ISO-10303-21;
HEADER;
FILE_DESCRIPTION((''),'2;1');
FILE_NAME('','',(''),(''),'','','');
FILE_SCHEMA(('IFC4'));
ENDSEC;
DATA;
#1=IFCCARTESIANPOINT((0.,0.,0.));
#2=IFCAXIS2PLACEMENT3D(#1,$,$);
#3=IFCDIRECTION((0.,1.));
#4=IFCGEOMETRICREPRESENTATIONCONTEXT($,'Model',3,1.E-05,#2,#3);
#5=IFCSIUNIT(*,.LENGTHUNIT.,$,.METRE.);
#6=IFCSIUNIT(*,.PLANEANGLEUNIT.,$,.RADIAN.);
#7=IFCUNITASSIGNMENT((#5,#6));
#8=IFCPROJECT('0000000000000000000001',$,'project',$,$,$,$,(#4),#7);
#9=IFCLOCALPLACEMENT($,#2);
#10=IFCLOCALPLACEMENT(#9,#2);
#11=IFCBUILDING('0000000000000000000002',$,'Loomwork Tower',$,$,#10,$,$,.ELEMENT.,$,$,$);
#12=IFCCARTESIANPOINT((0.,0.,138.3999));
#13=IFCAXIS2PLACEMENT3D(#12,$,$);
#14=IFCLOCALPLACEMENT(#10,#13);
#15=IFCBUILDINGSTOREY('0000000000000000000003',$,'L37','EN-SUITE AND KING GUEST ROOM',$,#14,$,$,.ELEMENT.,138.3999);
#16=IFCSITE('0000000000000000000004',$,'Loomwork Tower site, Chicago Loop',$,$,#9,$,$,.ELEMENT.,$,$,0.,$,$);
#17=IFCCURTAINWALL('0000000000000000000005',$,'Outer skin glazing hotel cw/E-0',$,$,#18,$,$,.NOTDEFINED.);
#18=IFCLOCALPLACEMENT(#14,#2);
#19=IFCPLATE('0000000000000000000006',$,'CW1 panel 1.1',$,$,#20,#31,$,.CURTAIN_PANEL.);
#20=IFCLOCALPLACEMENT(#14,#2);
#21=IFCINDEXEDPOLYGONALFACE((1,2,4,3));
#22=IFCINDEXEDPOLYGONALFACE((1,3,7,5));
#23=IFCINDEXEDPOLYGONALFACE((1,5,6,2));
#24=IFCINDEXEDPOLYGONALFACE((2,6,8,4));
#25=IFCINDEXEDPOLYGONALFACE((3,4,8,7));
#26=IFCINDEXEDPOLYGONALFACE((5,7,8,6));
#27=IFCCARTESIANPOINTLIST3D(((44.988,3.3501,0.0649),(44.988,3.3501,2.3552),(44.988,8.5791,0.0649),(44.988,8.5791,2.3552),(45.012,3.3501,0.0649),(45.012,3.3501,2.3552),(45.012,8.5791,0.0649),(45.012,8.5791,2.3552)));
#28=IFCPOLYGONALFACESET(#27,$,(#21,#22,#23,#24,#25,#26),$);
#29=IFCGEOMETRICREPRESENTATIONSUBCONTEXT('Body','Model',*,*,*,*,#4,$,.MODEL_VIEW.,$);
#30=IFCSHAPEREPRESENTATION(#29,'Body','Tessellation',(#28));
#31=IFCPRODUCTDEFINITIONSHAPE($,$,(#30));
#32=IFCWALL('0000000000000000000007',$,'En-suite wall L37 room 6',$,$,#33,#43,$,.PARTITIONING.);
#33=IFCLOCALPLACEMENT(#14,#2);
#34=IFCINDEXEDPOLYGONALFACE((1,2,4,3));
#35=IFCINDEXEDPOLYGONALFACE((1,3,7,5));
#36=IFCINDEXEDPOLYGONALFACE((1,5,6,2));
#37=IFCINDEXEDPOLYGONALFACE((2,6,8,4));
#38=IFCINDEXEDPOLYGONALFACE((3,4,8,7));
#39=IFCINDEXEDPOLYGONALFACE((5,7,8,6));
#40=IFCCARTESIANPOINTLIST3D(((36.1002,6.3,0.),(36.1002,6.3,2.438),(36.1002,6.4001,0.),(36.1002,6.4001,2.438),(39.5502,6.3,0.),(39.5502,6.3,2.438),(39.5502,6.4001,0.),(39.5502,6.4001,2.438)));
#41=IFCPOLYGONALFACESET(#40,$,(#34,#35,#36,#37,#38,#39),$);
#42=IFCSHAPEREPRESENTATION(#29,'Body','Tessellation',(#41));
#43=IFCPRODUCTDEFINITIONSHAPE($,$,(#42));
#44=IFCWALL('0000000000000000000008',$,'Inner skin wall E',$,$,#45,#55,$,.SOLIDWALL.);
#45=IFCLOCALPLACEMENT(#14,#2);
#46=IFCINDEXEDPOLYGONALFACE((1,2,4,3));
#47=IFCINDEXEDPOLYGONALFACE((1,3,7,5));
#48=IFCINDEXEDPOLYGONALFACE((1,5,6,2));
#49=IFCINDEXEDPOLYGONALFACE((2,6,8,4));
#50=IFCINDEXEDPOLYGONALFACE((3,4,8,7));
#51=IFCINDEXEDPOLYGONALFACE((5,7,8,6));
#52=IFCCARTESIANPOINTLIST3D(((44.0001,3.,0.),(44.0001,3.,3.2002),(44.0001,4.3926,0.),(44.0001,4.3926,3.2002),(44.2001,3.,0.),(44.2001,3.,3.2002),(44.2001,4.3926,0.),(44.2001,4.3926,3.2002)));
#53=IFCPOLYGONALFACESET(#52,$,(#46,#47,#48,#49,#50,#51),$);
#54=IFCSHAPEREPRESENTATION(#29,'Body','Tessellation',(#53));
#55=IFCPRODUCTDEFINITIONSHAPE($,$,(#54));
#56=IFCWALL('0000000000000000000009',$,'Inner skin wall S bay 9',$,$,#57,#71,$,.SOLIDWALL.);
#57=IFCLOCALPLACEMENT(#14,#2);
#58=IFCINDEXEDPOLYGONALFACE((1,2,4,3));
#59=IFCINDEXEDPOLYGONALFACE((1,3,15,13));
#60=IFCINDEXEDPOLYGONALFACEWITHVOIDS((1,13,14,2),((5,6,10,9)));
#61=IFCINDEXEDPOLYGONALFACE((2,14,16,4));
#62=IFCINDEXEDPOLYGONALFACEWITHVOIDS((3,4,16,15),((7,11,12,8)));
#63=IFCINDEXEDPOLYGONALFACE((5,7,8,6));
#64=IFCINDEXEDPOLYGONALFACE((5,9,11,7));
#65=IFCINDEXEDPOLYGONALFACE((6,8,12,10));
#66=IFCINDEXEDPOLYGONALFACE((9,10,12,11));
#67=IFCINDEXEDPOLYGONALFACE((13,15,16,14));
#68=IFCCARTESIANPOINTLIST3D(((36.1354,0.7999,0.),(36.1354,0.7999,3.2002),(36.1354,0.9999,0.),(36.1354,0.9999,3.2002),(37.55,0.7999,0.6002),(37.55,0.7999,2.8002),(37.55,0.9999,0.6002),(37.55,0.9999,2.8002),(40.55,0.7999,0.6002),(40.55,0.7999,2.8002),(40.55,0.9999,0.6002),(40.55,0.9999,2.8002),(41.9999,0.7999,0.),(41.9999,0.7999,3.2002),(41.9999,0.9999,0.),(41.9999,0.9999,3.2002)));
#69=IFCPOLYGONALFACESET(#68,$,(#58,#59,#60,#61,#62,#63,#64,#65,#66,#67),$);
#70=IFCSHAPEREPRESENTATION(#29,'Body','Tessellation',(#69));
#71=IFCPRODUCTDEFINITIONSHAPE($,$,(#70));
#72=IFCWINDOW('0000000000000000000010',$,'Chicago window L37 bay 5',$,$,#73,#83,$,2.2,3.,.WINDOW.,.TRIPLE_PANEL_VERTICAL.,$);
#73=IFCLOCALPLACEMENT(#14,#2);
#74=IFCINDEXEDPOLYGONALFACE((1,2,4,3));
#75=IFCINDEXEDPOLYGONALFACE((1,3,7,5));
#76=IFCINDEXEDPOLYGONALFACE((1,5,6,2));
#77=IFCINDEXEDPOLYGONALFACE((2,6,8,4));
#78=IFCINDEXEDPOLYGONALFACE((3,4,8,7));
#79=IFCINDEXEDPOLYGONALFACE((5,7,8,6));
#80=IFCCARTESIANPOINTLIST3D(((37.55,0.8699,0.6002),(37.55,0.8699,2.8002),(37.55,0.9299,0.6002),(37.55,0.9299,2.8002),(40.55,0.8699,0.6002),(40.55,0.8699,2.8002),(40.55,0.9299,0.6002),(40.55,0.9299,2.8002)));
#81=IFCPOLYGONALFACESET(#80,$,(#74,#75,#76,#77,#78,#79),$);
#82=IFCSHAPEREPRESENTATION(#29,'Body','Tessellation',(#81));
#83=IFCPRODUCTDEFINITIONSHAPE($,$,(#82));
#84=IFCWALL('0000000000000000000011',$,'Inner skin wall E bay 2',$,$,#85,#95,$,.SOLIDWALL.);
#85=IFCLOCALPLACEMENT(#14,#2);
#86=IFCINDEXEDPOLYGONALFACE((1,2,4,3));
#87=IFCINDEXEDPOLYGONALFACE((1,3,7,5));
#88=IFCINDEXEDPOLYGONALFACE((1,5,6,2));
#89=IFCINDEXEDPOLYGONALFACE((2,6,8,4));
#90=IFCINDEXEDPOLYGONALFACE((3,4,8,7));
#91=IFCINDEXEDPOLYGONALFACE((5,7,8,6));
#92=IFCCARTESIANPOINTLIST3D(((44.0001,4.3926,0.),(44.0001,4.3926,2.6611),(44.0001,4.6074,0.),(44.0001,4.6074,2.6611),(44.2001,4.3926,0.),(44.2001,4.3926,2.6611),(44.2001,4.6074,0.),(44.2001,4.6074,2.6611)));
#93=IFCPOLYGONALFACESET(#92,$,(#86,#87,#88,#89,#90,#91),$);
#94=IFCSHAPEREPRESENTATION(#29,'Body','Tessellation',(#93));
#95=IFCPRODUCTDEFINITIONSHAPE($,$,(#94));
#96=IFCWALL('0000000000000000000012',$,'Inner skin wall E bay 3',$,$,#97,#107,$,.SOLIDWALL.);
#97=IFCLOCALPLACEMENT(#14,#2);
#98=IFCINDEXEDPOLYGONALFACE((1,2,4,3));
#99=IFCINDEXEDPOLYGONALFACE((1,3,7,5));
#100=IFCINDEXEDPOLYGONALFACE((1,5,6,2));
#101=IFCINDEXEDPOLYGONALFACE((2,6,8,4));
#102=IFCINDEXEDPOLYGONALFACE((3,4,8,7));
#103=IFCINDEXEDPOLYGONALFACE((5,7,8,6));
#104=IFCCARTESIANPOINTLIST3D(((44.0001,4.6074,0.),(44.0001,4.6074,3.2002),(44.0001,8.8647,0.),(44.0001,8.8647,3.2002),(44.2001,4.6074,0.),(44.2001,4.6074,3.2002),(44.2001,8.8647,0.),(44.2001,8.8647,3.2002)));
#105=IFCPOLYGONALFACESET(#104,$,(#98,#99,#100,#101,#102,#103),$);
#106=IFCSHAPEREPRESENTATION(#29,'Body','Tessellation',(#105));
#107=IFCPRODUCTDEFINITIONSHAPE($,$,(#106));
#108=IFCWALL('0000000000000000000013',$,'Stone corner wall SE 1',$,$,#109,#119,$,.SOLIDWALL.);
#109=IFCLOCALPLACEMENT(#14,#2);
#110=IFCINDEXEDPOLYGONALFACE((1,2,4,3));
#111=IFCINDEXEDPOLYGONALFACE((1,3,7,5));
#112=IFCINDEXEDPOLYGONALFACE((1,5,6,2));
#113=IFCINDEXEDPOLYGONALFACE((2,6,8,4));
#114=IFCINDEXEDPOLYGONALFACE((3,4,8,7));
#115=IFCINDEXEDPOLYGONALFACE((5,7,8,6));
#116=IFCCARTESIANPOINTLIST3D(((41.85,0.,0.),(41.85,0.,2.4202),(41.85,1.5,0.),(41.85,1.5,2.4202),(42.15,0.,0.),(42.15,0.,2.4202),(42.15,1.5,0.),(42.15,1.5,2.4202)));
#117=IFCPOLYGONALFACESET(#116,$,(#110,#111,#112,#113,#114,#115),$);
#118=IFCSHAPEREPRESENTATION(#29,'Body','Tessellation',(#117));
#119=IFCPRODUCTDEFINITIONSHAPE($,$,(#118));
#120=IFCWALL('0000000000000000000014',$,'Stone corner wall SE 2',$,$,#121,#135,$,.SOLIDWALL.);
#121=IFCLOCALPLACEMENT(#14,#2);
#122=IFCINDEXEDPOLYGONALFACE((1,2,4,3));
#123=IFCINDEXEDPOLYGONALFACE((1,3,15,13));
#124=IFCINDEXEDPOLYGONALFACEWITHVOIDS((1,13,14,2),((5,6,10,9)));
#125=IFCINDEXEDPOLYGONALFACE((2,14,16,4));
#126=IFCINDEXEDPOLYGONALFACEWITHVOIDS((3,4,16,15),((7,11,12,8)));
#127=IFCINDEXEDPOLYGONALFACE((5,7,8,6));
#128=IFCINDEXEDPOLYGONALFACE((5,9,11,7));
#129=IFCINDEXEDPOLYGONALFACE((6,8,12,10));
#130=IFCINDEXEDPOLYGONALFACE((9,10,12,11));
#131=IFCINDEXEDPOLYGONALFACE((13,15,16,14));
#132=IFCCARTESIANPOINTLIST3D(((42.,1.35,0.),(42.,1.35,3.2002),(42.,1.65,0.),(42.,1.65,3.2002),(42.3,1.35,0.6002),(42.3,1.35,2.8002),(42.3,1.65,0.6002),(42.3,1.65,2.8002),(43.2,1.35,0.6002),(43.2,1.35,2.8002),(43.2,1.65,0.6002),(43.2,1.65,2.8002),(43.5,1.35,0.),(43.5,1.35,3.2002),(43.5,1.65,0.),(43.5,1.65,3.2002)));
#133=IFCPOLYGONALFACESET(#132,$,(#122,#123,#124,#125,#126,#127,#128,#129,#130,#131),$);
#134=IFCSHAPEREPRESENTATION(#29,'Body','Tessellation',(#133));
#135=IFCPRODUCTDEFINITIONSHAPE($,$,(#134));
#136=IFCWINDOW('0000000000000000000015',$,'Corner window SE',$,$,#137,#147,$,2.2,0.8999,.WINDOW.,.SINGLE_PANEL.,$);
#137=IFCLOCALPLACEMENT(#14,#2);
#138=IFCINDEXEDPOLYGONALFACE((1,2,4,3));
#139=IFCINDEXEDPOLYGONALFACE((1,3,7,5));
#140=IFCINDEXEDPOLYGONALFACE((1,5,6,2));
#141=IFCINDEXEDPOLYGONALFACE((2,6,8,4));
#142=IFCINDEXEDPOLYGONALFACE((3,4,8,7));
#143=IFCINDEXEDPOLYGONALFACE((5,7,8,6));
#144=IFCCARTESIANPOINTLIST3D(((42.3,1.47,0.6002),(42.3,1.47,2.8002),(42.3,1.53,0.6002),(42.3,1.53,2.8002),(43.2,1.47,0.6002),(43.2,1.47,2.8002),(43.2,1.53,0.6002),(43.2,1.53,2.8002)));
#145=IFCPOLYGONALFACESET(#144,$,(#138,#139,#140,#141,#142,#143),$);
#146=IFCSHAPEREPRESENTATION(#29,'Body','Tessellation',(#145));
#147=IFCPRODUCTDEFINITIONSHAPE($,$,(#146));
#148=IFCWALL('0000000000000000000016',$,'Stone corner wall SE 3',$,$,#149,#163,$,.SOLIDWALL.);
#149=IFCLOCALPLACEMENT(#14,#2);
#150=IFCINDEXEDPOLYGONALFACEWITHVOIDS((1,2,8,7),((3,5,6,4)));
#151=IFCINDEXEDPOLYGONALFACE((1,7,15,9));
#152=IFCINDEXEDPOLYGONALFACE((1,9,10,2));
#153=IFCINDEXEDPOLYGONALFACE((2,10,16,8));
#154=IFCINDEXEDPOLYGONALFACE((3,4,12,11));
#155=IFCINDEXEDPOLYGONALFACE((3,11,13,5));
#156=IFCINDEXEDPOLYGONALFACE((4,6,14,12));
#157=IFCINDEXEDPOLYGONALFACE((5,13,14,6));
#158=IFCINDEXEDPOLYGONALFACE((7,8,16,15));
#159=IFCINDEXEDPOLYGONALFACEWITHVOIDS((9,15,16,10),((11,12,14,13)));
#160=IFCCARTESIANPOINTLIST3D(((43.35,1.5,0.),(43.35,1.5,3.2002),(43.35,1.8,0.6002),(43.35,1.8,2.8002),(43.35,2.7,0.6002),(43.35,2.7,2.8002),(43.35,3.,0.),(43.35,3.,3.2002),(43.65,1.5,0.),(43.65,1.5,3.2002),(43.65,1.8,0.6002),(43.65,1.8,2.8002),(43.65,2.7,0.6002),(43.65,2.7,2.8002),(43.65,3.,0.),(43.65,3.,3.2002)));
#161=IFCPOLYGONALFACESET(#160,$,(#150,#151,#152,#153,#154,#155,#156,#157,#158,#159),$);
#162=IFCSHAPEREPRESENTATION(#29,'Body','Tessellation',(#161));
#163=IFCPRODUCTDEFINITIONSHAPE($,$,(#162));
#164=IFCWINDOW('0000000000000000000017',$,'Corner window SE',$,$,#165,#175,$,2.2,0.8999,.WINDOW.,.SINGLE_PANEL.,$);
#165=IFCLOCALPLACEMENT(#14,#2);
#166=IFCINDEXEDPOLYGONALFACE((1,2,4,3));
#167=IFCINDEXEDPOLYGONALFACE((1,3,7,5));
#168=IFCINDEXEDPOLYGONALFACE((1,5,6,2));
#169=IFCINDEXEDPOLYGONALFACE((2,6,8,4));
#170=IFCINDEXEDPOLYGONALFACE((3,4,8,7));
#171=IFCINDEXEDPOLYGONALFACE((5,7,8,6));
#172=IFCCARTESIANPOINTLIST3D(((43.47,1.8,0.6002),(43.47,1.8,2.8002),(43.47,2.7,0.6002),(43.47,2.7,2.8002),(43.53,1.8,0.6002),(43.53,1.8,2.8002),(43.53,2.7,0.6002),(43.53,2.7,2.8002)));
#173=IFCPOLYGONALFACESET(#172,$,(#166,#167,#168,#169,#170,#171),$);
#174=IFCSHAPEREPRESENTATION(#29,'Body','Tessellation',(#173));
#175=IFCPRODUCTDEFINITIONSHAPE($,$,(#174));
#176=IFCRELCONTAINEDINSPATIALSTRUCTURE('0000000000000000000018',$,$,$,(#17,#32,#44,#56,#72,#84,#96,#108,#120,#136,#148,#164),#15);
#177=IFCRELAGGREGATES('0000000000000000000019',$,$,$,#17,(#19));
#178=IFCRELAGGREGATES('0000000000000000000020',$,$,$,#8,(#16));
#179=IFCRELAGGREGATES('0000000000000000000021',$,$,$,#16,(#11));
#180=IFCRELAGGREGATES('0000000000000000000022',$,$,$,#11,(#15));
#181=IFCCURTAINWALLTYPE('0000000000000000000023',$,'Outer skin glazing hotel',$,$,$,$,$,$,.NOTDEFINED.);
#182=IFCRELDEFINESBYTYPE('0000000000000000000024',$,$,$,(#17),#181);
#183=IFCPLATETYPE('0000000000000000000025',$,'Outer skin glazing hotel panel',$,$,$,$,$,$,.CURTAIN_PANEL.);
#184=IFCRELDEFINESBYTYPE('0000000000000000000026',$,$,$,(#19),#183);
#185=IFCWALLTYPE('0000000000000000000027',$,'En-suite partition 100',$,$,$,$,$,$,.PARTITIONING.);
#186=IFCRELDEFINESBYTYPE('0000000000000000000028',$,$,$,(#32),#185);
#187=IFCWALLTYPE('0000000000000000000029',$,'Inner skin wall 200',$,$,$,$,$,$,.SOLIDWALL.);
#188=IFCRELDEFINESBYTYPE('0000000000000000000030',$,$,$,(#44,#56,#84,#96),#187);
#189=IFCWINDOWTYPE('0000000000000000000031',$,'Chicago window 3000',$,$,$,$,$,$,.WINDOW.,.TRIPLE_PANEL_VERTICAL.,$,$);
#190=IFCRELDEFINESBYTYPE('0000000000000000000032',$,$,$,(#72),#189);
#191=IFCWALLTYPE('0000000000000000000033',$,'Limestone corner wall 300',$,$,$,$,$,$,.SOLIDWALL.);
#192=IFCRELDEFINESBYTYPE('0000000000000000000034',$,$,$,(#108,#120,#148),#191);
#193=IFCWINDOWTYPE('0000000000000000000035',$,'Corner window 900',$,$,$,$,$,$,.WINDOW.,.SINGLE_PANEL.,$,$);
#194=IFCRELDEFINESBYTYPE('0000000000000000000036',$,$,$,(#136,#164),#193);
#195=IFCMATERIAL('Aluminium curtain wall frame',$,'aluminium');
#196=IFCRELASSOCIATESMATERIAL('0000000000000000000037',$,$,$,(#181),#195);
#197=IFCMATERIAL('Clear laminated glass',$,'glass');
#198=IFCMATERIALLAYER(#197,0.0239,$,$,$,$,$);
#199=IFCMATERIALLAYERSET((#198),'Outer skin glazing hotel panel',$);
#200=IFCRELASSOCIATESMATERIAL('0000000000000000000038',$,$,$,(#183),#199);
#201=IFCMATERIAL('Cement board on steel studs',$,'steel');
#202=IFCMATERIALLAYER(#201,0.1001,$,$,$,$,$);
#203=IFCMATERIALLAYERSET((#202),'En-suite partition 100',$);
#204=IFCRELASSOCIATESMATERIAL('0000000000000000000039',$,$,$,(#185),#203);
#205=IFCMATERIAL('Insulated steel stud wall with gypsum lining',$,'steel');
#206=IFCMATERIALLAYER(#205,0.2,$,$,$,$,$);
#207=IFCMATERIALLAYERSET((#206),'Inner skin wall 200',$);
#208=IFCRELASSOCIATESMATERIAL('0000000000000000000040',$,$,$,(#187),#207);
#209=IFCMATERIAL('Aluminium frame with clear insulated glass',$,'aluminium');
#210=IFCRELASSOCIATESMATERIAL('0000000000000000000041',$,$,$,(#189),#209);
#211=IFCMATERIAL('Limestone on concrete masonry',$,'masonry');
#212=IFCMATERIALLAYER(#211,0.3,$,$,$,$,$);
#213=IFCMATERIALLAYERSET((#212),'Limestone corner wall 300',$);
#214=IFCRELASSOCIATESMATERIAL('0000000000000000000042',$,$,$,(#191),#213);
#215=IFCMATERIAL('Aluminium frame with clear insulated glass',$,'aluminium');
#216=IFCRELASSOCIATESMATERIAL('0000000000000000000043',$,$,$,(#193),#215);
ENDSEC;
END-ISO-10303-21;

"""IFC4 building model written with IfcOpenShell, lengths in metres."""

from ifc_helpers import new_model, si_unit, direction, frame, frame_2d, origin, origin_2d, place, context, subcontext, project, spatial, rectangle, extrude, material, layer, layer_set, type_object, element, fill, aggregate, save


model = new_model("IFC4")

# Units and contexts
model_context = context("Model", 3, precision=1e-05, world=origin(), true_north=direction((0.0, 1.0)))
body_context = subcontext(model_context, "Body", "Model", "MODEL_VIEW")
ifc_project = project(units=[si_unit("LENGTHUNIT", "METRE"), si_unit("PLANEANGLEUNIT", "RADIAN")], contexts=[model_context])

# Site, building, storey
site_placement = place(None, origin())
site = spatial("IfcSite", under=ifc_project, at=site_placement, Name="Loomwork Tower site, Chicago Loop", CompositionType="ELEMENT", RefElevation=0.0)
building_placement = place(site_placement, origin())
building = spatial("IfcBuilding", under=site, at=building_placement, Name="Loomwork Tower", CompositionType="ELEMENT")
storey_placement = place(building_placement, frame((0.0, 0.0, 138.3999)))
storey = spatial("IfcBuildingStorey", under=building, at=storey_placement, Name="L37", Description="EN-SUITE AND KING GUEST ROOM", CompositionType="ELEMENT", Elevation=138.3999)

# Curtain wall
ifc_material_1 = material(Name="Aluminium curtain wall frame", Category="aluminium")
curtain_wall_type = type_object("IfcCurtainWallType", Name="Outer skin glazing hotel", PredefinedType="NOTDEFINED", material=ifc_material_1)
curtain_wall_1_placement = place(storey_placement, origin())
curtain_wall_1 = element("IfcCurtainWall", 1, at=curtain_wall_1_placement, inside=storey, type_object=curtain_wall_type, Name="Outer skin glazing hotel cw/E-0", PredefinedType="NOTDEFINED")

# Plate
ifc_material_2 = material(Name="Clear laminated glass", Category="glass")
ifc_layer_1 = layer(ifc_material_2, 0.0239)
ifc_layer_set_1 = layer_set([ifc_layer_1], Name="Outer skin glazing hotel panel")
plate_type = type_object("IfcPlateType", Name="Outer skin glazing hotel panel", PredefinedType="CURTAIN_PANEL", material=ifc_layer_set_1)
plate_1_placement = place(storey_placement, frame((45.0, 5.9646, 0.0649), z_axis=(0.0, 0.0, 1.0), x_axis=(0.0, 1.0, 0.0)))
plate_1 = element("IfcPlate", 2, at=plate_1_placement, type_object=plate_type, Name="CW1 panel 1.1", PredefinedType="CURTAIN_PANEL", context=body_context, shape_type="SweptSolid", body=[
    extrude(rectangle(XDim=5.229, YDim=0.0239, at=origin_2d()), origin(), (0.0, 0.0, 1.0), 2.2903),
])
aggregate(curtain_wall_1, [plate_1])

# Walls
ifc_material_3 = material(Name="Cement board on steel studs", Category="steel")
ifc_layer_2 = layer(ifc_material_3, 0.1001)
ifc_layer_set_2 = layer_set([ifc_layer_2], Name="En-suite partition 100")
wall_type_1 = type_object("IfcWallType", Name="En-suite partition 100", PredefinedType="PARTITIONING", material=ifc_layer_set_2)
wall_1_placement = place(storey_placement, frame((36.1001, 6.3501, 0.0), z_axis=(0.0, 0.0, 1.0), x_axis=(1.0, 0.0, 0.0)))
element("IfcWall", 3, at=wall_1_placement, inside=storey, type_object=wall_type_1, Name="En-suite wall L37 room 6", PredefinedType="PARTITIONING", context=body_context, shape_type="SweptSolid", body=[
    extrude(rectangle(XDim=3.45, YDim=0.1001, at=frame_2d((1.7251, 0.0))), origin(), (0.0, 0.0, 1.0), 2.438),
])
ifc_material_4 = material(Name="Insulated steel stud wall with gypsum lining", Category="steel")
ifc_layer_3 = layer(ifc_material_4, 0.2)
ifc_layer_set_3 = layer_set([ifc_layer_3], Name="Inner skin wall 200")
wall_type_2 = type_object("IfcWallType", Name="Inner skin wall 200", PredefinedType="SOLIDWALL", material=ifc_layer_set_3)
wall_2_placement = place(storey_placement, frame((44.1001, 3.0, 0.0), z_axis=(0.0, 0.0, 1.0), x_axis=(0.0, 1.0, 0.0)))
element("IfcWall", 4, at=wall_2_placement, inside=storey, type_object=wall_type_2, Name="Inner skin wall E", PredefinedType="SOLIDWALL", context=body_context, shape_type="SweptSolid", body=[
    extrude(rectangle(XDim=1.3926, YDim=0.2, at=frame_2d((0.6963, 0.0))), origin(), (0.0, 0.0, 1.0), 3.2002),
])

# Wall, opening, window
wall_3_placement = place(storey_placement, frame((36.1355, 0.8999, 0.0), z_axis=(0.0, 0.0, 1.0), x_axis=(1.0, 0.0, 0.0)))
wall_3 = element("IfcWall", 5, at=wall_3_placement, inside=storey, type_object=wall_type_2, Name="Inner skin wall S bay 9", PredefinedType="SOLIDWALL", context=body_context, shape_type="SweptSolid", body=[
    extrude(rectangle(XDim=5.8645, YDim=0.2, at=frame_2d((2.9321, 0.0))), origin(), (0.0, 0.0, 1.0), 3.2002),
])
opening_1_placement = place(wall_3_placement, frame((1.4146, 0.0, 0.6001)))
opening_1 = element("IfcOpeningElement", 6, at=opening_1_placement, cuts=wall_3, PredefinedType="OPENING", context=body_context, shape_type="SweptSolid", body=[
    extrude(rectangle(XDim=3.0, YDim=2.2, at=frame_2d((1.5, 1.1001))), frame((0.0, 0.1099, 0.0), z_axis=(0.0, -1.0, 0.0), x_axis=(1.0, 0.0, 0.0)), (0.0, 0.0, 1.0), 0.22),
])
ifc_material_5 = material(Name="Aluminium frame with clear insulated glass", Category="aluminium")
window_type_1 = type_object("IfcWindowType", Name="Chicago window 3000", PartitioningType="TRIPLE_PANEL_VERTICAL", PredefinedType="WINDOW", material=ifc_material_5)
window_1_placement = place(opening_1_placement, origin())
window_1 = element("IfcWindow", 7, at=window_1_placement, inside=storey, type_object=window_type_1, Name="Chicago window L37 bay 5", OverallHeight=2.2, OverallWidth=3.0, PartitioningType="TRIPLE_PANEL_VERTICAL", PredefinedType="WINDOW", context=body_context, shape_type="SweptSolid", body=[
    extrude(rectangle(XDim=3.0, YDim=2.2, at=frame_2d((1.5, 1.1001))), frame((0.0, 0.03, 0.0), z_axis=(0.0, -1.0, 0.0), x_axis=(1.0, 0.0, 0.0)), (0.0, 0.0, 1.0), 0.0601),
])
fill(opening_1, window_1)

# Walls
wall_4_placement = place(storey_placement, frame((44.1001, 4.3926, 0.0), z_axis=(0.0, 0.0, 1.0), x_axis=(0.0, 1.0, 0.0)))
element("IfcWall", 8, at=wall_4_placement, inside=storey, type_object=wall_type_2, Name="Inner skin wall E bay 2", PredefinedType="SOLIDWALL", context=body_context, shape_type="SweptSolid", body=[
    extrude(rectangle(XDim=0.2148, YDim=0.2, at=frame_2d((0.1074, 0.0))), origin(), (0.0, 0.0, 1.0), 2.6611),
])
wall_5_placement = place(storey_placement, frame((44.1001, 4.6074, 0.0), z_axis=(0.0, 0.0, 1.0), x_axis=(0.0, 1.0, 0.0)))
element("IfcWall", 9, at=wall_5_placement, inside=storey, type_object=wall_type_2, Name="Inner skin wall E bay 3", PredefinedType="SOLIDWALL", context=body_context, shape_type="SweptSolid", body=[
    extrude(rectangle(XDim=4.2573, YDim=0.2, at=frame_2d((2.1287, 0.0))), origin(), (0.0, 0.0, 1.0), 3.2002),
])
ifc_material_6 = material(Name="Limestone on concrete masonry", Category="masonry")
ifc_layer_4 = layer(ifc_material_6, 0.3)
ifc_layer_set_4 = layer_set([ifc_layer_4], Name="Limestone corner wall 300")
wall_type_3 = type_object("IfcWallType", Name="Limestone corner wall 300", PredefinedType="SOLIDWALL", material=ifc_layer_set_4)
wall_6_placement = place(storey_placement, frame((42.0, 0.0, 0.0), z_axis=(0.0, 0.0, 1.0), x_axis=(0.0, 1.0, 0.0)))
element("IfcWall", 10, at=wall_6_placement, inside=storey, type_object=wall_type_3, Name="Stone corner wall SE 1", PredefinedType="SOLIDWALL", context=body_context, shape_type="SweptSolid", body=[
    extrude(rectangle(XDim=1.5, YDim=0.3, at=frame_2d((0.75, 0.0))), origin(), (0.0, 0.0, 1.0), 2.4202),
])

# Walls, openings, windows
wall_7_placement = place(storey_placement, frame((42.0, 1.5, 0.0), z_axis=(0.0, 0.0, 1.0), x_axis=(1.0, 0.0, 0.0)))
wall_7 = element("IfcWall", 11, at=wall_7_placement, inside=storey, type_object=wall_type_3, Name="Stone corner wall SE 2", PredefinedType="SOLIDWALL", context=body_context, shape_type="SweptSolid", body=[
    extrude(rectangle(XDim=1.5, YDim=0.3, at=frame_2d((0.75, 0.0))), origin(), (0.0, 0.0, 1.0), 3.2002),
])
opening_2_placement = place(wall_7_placement, frame((0.3, 0.0, 0.6001)))
opening_2 = element("IfcOpeningElement", 12, at=opening_2_placement, cuts=wall_7, PredefinedType="OPENING", context=body_context, shape_type="SweptSolid", body=[
    extrude(rectangle(XDim=0.8999, YDim=2.2, at=frame_2d((0.45, 1.1001))), frame((0.0, 0.1599, 0.0), z_axis=(0.0, -1.0, 0.0), x_axis=(1.0, 0.0, 0.0)), (0.0, 0.0, 1.0), 0.3201),
])
ifc_material_7 = material(Name="Aluminium frame with clear insulated glass", Category="aluminium")
window_type_2 = type_object("IfcWindowType", Name="Corner window 900", PartitioningType="SINGLE_PANEL", PredefinedType="WINDOW", material=ifc_material_7)
window_2_placement = place(opening_2_placement, origin())
window_2 = element("IfcWindow", 13, at=window_2_placement, inside=storey, type_object=window_type_2, Name="Corner window SE", OverallHeight=2.2, OverallWidth=0.8999, PartitioningType="SINGLE_PANEL", PredefinedType="WINDOW", context=body_context, shape_type="SweptSolid", body=[
    extrude(rectangle(XDim=0.8999, YDim=2.2, at=frame_2d((0.45, 1.1001))), frame((0.0, 0.03, 0.0), z_axis=(0.0, -1.0, 0.0), x_axis=(1.0, 0.0, 0.0)), (0.0, 0.0, 1.0), 0.0601),
])
fill(opening_2, window_2)
wall_8_placement = place(storey_placement, frame((43.5, 1.5, 0.0), z_axis=(0.0, 0.0, 1.0), x_axis=(0.0, 1.0, 0.0)))
wall_8 = element("IfcWall", 14, at=wall_8_placement, inside=storey, type_object=wall_type_3, Name="Stone corner wall SE 3", PredefinedType="SOLIDWALL", context=body_context, shape_type="SweptSolid", body=[
    extrude(rectangle(XDim=1.5, YDim=0.3, at=frame_2d((0.75, 0.0))), origin(), (0.0, 0.0, 1.0), 3.2002),
])
opening_3_placement = place(wall_8_placement, frame((0.3, 0.0, 0.6001)))
opening_3 = element("IfcOpeningElement", 15, at=opening_3_placement, cuts=wall_8, PredefinedType="OPENING", context=body_context, shape_type="SweptSolid", body=[
    extrude(rectangle(XDim=0.8999, YDim=2.2, at=frame_2d((0.45, 1.1001))), frame((0.0, 0.1599, 0.0), z_axis=(0.0, -1.0, 0.0), x_axis=(1.0, 0.0, 0.0)), (0.0, 0.0, 1.0), 0.3201),
])
window_3_placement = place(opening_3_placement, origin())
window_3 = element("IfcWindow", 16, at=window_3_placement, inside=storey, type_object=window_type_2, Name="Corner window SE", OverallHeight=2.2, OverallWidth=0.8999, PartitioningType="SINGLE_PANEL", PredefinedType="WINDOW", context=body_context, shape_type="SweptSolid", body=[
    extrude(rectangle(XDim=0.8999, YDim=2.2, at=frame_2d((0.45, 1.1001))), frame((0.0, 0.03, 0.0), z_axis=(0.0, -1.0, 0.0), x_axis=(1.0, 0.0, 0.0)), (0.0, 0.0, 1.0), 0.0601),
])
fill(opening_3, window_3)

save(model, "model.ifc")
